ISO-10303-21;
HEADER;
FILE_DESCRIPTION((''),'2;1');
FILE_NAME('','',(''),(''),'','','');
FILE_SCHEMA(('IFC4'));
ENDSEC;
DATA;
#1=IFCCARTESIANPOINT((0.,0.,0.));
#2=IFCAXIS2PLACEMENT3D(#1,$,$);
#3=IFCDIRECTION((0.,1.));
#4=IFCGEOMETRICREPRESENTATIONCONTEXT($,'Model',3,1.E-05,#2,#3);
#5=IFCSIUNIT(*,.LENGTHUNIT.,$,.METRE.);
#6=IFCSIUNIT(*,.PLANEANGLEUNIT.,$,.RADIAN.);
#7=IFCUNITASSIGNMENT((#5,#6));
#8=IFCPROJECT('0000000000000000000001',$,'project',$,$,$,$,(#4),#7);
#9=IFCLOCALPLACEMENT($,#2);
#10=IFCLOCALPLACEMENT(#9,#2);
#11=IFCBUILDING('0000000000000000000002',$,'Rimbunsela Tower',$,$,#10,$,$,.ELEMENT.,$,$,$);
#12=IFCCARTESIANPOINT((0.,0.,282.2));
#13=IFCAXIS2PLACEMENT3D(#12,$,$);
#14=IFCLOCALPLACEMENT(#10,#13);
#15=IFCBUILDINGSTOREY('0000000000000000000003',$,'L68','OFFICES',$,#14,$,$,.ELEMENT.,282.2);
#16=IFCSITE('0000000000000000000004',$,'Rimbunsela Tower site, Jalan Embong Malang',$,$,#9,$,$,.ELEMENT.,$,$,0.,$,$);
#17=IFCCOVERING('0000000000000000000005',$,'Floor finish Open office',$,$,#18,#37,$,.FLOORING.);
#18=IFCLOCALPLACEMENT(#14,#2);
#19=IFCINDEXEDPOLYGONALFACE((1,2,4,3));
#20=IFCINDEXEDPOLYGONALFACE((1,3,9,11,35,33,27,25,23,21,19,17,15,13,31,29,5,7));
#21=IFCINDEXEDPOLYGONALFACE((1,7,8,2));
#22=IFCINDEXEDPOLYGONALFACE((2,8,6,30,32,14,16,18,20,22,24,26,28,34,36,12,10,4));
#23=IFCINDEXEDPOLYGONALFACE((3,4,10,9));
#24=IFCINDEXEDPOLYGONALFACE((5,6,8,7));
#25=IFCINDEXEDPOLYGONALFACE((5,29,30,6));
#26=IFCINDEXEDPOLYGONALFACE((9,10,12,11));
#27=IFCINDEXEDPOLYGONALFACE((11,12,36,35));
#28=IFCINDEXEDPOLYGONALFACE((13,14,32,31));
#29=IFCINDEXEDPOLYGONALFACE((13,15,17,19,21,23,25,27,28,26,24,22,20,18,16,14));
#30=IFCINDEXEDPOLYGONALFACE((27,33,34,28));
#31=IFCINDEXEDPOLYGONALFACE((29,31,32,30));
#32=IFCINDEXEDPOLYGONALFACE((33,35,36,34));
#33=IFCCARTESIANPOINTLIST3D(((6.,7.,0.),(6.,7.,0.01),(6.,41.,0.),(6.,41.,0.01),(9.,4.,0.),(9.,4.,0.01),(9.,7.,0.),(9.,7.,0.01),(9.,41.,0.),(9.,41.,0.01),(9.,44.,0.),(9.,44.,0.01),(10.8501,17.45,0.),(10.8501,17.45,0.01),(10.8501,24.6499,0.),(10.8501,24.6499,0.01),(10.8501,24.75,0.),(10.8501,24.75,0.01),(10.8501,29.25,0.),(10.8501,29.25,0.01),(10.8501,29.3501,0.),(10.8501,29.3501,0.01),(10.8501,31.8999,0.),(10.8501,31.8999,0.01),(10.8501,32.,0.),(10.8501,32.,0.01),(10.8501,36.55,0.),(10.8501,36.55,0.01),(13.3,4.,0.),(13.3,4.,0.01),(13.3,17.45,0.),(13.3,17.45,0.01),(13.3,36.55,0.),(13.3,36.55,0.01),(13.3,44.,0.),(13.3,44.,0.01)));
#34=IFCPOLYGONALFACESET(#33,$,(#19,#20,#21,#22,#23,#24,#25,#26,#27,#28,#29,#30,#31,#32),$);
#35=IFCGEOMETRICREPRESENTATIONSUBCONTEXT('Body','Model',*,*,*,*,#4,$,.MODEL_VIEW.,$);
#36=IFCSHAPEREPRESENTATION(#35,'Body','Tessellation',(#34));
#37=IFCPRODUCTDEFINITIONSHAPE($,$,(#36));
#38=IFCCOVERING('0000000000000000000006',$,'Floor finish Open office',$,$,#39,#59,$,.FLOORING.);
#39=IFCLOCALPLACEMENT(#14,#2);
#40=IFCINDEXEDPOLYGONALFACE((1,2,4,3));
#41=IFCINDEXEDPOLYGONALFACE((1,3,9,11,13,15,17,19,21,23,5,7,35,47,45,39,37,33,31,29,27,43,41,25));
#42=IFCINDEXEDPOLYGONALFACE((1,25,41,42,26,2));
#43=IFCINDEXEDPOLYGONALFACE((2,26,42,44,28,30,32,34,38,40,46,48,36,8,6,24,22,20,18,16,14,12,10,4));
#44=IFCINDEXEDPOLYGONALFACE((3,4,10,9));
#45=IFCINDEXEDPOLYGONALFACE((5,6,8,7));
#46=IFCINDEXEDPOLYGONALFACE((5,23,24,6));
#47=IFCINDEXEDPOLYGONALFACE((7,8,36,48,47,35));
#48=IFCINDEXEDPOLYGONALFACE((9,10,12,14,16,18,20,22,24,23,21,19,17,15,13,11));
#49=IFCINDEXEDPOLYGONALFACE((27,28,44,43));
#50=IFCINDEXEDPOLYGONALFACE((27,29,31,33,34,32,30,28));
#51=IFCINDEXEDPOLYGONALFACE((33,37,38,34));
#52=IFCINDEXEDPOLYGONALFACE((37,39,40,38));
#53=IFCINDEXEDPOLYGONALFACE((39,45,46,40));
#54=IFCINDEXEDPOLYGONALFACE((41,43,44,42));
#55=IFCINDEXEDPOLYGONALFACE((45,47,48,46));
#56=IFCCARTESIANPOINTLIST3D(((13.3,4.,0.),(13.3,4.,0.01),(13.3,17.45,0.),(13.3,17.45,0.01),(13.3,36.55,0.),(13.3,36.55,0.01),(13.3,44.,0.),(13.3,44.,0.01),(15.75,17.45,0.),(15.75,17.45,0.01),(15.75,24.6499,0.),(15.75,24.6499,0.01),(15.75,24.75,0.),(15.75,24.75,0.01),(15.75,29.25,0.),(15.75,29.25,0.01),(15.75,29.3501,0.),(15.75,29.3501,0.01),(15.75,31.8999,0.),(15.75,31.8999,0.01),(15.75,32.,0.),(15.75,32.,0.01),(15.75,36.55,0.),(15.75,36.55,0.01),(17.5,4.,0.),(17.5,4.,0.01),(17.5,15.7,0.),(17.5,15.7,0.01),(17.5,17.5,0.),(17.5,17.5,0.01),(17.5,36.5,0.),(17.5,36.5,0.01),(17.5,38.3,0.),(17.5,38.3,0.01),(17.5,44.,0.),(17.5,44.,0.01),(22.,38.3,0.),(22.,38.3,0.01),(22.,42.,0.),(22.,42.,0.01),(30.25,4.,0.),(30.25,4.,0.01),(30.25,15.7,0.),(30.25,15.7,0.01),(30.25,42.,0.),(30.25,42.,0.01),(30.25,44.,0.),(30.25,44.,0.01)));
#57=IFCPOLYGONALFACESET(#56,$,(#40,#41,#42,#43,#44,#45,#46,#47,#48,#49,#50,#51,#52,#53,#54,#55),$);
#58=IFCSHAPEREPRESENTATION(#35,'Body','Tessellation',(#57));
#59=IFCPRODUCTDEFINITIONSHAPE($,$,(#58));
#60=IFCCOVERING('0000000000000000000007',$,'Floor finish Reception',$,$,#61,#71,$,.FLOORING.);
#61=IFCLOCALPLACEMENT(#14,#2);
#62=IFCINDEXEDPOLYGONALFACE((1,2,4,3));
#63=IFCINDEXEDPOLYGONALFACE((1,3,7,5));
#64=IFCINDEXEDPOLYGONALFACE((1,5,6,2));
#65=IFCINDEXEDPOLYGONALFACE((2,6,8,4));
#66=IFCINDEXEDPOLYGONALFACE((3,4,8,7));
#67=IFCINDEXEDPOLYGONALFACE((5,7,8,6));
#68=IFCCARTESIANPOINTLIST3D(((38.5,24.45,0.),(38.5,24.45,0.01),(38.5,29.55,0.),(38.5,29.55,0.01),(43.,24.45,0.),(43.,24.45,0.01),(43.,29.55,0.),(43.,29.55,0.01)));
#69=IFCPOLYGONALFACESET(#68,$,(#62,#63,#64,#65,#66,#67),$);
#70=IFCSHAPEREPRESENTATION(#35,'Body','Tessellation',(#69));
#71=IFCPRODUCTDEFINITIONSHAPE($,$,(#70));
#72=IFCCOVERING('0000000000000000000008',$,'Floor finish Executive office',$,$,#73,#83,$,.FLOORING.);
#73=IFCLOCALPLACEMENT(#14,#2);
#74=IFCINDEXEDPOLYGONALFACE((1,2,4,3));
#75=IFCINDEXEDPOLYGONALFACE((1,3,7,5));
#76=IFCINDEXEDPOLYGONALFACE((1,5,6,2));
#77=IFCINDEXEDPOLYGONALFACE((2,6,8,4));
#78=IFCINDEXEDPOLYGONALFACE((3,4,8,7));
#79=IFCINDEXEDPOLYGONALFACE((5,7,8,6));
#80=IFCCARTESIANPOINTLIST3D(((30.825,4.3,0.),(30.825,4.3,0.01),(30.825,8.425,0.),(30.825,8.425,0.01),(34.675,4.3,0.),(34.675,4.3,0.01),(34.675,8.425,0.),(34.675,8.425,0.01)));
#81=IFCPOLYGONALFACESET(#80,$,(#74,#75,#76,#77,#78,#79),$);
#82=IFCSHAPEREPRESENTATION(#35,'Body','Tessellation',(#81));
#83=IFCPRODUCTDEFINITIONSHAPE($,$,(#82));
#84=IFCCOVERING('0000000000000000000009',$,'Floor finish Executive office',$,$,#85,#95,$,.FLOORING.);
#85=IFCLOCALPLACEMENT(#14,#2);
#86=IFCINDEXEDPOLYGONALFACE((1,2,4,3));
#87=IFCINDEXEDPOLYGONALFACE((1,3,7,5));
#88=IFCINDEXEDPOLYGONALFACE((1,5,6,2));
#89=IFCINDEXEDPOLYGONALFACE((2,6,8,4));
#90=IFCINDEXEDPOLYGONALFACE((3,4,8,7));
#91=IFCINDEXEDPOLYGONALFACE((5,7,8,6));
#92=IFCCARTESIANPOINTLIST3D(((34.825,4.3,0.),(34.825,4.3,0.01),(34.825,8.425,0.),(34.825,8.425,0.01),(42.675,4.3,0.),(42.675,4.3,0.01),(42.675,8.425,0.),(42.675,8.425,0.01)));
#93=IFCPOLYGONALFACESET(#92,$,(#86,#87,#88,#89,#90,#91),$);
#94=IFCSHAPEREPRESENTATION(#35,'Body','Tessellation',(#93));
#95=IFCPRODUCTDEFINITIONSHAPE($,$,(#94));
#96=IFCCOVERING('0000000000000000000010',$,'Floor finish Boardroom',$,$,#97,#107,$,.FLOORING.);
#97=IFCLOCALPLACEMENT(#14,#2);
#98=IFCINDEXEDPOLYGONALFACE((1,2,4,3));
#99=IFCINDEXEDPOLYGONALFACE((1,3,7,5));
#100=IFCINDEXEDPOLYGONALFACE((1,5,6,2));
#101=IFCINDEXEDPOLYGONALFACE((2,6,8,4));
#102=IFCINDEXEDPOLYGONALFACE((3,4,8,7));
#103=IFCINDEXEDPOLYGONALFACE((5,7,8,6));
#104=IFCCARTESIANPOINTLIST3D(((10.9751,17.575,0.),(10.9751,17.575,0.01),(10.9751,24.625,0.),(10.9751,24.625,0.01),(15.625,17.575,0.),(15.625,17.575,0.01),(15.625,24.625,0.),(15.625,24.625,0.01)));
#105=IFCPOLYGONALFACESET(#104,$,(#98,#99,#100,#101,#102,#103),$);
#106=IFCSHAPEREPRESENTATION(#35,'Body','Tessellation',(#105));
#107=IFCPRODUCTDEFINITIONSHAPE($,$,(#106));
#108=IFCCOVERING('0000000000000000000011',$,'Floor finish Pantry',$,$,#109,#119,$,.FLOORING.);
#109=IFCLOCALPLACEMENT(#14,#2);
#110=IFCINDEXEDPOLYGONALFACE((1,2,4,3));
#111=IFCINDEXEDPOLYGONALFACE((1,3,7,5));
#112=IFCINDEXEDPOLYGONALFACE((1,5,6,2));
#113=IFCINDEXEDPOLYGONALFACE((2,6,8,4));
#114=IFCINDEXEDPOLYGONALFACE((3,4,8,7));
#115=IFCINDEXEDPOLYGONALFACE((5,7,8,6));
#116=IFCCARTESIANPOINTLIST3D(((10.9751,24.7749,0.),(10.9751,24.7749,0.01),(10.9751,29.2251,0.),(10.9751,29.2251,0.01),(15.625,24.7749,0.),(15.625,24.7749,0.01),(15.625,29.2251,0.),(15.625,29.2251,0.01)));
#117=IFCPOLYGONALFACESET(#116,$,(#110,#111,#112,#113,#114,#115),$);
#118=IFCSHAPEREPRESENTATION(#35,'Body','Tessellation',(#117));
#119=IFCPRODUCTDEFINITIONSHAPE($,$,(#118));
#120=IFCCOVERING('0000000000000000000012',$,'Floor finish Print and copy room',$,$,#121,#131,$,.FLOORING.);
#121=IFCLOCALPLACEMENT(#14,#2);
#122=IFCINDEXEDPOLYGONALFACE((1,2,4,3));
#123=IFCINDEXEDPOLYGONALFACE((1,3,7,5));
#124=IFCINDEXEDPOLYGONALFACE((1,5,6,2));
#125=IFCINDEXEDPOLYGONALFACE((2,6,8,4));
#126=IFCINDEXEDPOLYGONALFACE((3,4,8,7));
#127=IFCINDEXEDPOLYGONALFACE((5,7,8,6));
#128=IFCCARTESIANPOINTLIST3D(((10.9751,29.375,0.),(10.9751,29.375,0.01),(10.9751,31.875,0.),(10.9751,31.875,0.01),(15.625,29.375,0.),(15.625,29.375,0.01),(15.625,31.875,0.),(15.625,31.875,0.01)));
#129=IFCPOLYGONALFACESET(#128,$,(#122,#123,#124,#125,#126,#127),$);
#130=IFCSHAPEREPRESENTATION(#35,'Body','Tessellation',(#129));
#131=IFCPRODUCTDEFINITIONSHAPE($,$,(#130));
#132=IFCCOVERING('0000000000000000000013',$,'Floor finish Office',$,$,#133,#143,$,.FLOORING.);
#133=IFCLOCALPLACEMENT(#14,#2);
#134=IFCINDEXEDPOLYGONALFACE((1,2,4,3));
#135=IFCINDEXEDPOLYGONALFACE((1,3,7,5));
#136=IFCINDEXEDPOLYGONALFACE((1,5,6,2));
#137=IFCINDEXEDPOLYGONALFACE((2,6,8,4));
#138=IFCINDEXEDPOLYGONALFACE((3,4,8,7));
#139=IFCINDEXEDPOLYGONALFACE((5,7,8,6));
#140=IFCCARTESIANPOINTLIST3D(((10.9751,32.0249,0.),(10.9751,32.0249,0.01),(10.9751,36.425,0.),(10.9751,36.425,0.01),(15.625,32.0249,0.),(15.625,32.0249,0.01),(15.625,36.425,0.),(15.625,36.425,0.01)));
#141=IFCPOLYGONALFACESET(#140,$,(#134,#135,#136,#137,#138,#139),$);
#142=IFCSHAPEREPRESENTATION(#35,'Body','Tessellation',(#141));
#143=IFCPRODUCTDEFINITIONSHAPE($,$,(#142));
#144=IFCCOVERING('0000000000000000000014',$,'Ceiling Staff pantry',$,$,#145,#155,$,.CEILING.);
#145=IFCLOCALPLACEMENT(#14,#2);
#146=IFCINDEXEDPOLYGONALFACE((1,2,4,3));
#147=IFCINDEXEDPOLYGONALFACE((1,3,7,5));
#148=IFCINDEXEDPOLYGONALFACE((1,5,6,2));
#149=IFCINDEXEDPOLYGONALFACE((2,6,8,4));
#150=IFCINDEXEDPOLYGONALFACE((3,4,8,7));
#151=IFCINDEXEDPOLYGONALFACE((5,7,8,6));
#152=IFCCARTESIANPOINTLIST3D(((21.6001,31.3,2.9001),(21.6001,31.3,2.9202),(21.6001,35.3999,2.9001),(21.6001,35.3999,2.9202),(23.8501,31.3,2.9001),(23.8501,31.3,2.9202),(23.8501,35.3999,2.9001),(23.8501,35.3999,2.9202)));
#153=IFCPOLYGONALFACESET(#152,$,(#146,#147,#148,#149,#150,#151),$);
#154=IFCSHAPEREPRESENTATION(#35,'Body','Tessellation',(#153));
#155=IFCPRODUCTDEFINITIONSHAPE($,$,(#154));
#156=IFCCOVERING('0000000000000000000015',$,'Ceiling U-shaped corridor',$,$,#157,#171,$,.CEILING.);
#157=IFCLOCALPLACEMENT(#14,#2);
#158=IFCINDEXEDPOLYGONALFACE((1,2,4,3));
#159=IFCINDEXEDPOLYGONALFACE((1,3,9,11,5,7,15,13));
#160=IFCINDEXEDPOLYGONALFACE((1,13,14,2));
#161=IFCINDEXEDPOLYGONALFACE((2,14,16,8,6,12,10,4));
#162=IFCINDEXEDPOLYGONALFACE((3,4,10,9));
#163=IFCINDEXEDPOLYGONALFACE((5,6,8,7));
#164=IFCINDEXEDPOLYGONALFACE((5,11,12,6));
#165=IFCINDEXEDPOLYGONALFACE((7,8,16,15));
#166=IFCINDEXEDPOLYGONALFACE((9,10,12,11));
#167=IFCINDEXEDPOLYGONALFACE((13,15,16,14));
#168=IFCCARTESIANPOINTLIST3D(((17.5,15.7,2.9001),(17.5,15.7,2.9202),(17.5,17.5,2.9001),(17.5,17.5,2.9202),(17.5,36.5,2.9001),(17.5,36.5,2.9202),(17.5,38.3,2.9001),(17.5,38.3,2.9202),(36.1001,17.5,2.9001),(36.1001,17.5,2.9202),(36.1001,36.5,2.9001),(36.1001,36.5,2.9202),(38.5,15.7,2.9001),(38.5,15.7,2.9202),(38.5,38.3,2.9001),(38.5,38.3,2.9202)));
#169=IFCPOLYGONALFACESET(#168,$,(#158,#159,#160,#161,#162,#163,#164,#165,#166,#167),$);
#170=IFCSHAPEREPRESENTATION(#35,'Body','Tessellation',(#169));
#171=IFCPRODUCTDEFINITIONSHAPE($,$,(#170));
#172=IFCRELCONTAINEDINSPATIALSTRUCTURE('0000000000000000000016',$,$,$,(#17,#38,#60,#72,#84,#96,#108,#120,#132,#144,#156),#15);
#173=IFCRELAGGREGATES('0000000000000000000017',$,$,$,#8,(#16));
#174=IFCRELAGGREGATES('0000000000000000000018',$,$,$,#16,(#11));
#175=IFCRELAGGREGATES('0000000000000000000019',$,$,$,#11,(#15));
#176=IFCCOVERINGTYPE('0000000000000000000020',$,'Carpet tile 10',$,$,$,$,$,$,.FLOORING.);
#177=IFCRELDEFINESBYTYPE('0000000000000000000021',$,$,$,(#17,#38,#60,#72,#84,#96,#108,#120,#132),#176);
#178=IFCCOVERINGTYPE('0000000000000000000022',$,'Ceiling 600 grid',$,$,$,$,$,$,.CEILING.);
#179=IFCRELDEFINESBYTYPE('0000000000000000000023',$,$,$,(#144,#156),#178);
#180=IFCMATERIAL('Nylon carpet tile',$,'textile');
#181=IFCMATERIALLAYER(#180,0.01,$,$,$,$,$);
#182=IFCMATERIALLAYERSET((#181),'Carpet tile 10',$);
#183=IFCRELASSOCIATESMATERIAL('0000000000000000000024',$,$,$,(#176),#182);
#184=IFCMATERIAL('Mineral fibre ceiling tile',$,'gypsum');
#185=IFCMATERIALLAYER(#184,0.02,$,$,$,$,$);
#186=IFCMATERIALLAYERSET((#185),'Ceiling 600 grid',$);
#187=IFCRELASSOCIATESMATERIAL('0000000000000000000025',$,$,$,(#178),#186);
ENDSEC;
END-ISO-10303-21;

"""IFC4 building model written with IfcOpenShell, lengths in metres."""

from ifc_helpers import new_model, si_unit, direction, frame, origin, place, context, subcontext, project, spatial, polyline, outline, extrude, material, layer, layer_set, type_object, element, save


model = new_model("IFC4")

# Units and contexts
model_context = context("Model", 3, precision=1e-05, world=origin(), true_north=direction((0.0, 1.0)))
body_context = subcontext(model_context, "Body", "Model", "MODEL_VIEW")
ifc_project = project(units=[si_unit("LENGTHUNIT", "METRE"), si_unit("PLANEANGLEUNIT", "RADIAN")], contexts=[model_context])

# Site, building, storey
site_placement = place(None, origin())
site = spatial("IfcSite", under=ifc_project, at=site_placement, Name="Rimbunsela Tower site, Jalan Embong Malang", CompositionType="ELEMENT", RefElevation=0.0)
building_placement = place(site_placement, origin())
building = spatial("IfcBuilding", under=site, at=building_placement, Name="Rimbunsela Tower", CompositionType="ELEMENT")
storey_placement = place(building_placement, frame((0.0, 0.0, 282.2)))
storey = spatial("IfcBuildingStorey", under=building, at=storey_placement, Name="L68", Description="OFFICES", CompositionType="ELEMENT", Elevation=282.2)

# Coverings
ifc_material_1 = material(Name="Nylon carpet tile", Category="textile")
ifc_layer_1 = layer(ifc_material_1, 0.01)
ifc_layer_set_1 = layer_set([ifc_layer_1], Name="Carpet tile 10")
covering_type_1 = type_object("IfcCoveringType", Name="Carpet tile 10", PredefinedType="FLOORING", material=ifc_layer_set_1)
covering_1_placement = place(storey_placement, origin())
element("IfcCovering", 1, at=covering_1_placement, inside=storey, type_object=covering_type_1, Name="Floor finish Open office", PredefinedType="FLOORING", context=body_context, shape_type="SweptSolid", body=[
    extrude(outline(polyline([(13.3, 4.0), (9.0, 4.0), (9.0, 7.0), (6.0, 7.0), (6.0, 41.0), (9.0, 41.0), (9.0, 44.0), (13.3, 44.0), (13.3, 36.55), (10.8501, 36.55), (10.8501, 32.0), (10.8501, 31.8999), (10.8501, 29.3501), (10.8501, 29.25), (10.8501, 24.75), (10.8501, 24.6499), (10.8501, 17.45), (13.3, 17.45), (13.3, 4.0)])), origin(), (0.0, 0.0, 1.0), 0.01),
])
covering_2_placement = place(storey_placement, origin())
element("IfcCovering", 2, at=covering_2_placement, inside=storey, type_object=covering_type_1, Name="Floor finish Open office", PredefinedType="FLOORING", context=body_context, shape_type="SweptSolid", body=[
    extrude(outline(polyline([(30.25, 4.0), (17.5, 4.0), (13.3, 4.0), (13.3, 17.45), (15.75, 17.45), (15.75, 24.6499), (15.75, 24.75), (15.75, 29.25), (15.75, 29.3501), (15.75, 31.8999), (15.75, 32.0), (15.75, 36.55), (13.3, 36.55), (13.3, 44.0), (17.5, 44.0), (30.25, 44.0), (30.25, 42.0), (22.0, 42.0), (22.0, 38.3), (17.5, 38.3), (17.5, 36.5), (17.5, 17.5), (17.5, 15.7), (30.25, 15.7), (30.25, 4.0)])), origin(), (0.0, 0.0, 1.0), 0.01),
])
covering_3_placement = place(storey_placement, origin())
element("IfcCovering", 3, at=covering_3_placement, inside=storey, type_object=covering_type_1, Name="Floor finish Reception", PredefinedType="FLOORING", context=body_context, shape_type="SweptSolid", body=[
    extrude(outline(polyline([(43.0, 24.45), (43.0, 29.55), (38.5, 29.55), (38.5, 24.45), (43.0, 24.45)])), origin(), (0.0, 0.0, 1.0), 0.01),
])
covering_4_placement = place(storey_placement, origin())
element("IfcCovering", 4, at=covering_4_placement, inside=storey, type_object=covering_type_1, Name="Floor finish Executive office", PredefinedType="FLOORING", context=body_context, shape_type="SweptSolid", body=[
    extrude(outline(polyline([(34.675, 4.3), (34.675, 8.425), (30.825, 8.425), (30.825, 4.3), (34.675, 4.3)])), origin(), (0.0, 0.0, 1.0), 0.01),
])
covering_5_placement = place(storey_placement, origin())
element("IfcCovering", 5, at=covering_5_placement, inside=storey, type_object=covering_type_1, Name="Floor finish Executive office", PredefinedType="FLOORING", context=body_context, shape_type="SweptSolid", body=[
    extrude(outline(polyline([(42.675, 4.3), (42.675, 8.425), (34.825, 8.425), (34.825, 4.3), (42.675, 4.3)])), origin(), (0.0, 0.0, 1.0), 0.01),
])
covering_6_placement = place(storey_placement, origin())
element("IfcCovering", 6, at=covering_6_placement, inside=storey, type_object=covering_type_1, Name="Floor finish Boardroom", PredefinedType="FLOORING", context=body_context, shape_type="SweptSolid", body=[
    extrude(outline(polyline([(15.625, 17.575), (15.625, 24.625), (10.9751, 24.625), (10.9751, 17.575), (15.625, 17.575)])), origin(), (0.0, 0.0, 1.0), 0.01),
])
covering_7_placement = place(storey_placement, origin())
element("IfcCovering", 7, at=covering_7_placement, inside=storey, type_object=covering_type_1, Name="Floor finish Pantry", PredefinedType="FLOORING", context=body_context, shape_type="SweptSolid", body=[
    extrude(outline(polyline([(15.625, 24.7749), (15.625, 29.2251), (10.9751, 29.2251), (10.9751, 24.7749), (15.625, 24.7749)])), origin(), (0.0, 0.0, 1.0), 0.01),
])
covering_8_placement = place(storey_placement, origin())
element("IfcCovering", 8, at=covering_8_placement, inside=storey, type_object=covering_type_1, Name="Floor finish Print and copy room", PredefinedType="FLOORING", context=body_context, shape_type="SweptSolid", body=[
    extrude(outline(polyline([(15.625, 29.375), (15.625, 31.875), (10.9751, 31.875), (10.9751, 29.375), (15.625, 29.375)])), origin(), (0.0, 0.0, 1.0), 0.01),
])
covering_9_placement = place(storey_placement, origin())
element("IfcCovering", 9, at=covering_9_placement, inside=storey, type_object=covering_type_1, Name="Floor finish Office", PredefinedType="FLOORING", context=body_context, shape_type="SweptSolid", body=[
    extrude(outline(polyline([(15.625, 32.0249), (15.625, 36.425), (10.9751, 36.425), (10.9751, 32.0249), (15.625, 32.0249)])), origin(), (0.0, 0.0, 1.0), 0.01),
])
ifc_material_2 = material(Name="Mineral fibre ceiling tile", Category="gypsum")
ifc_layer_2 = layer(ifc_material_2, 0.02)
ifc_layer_set_2 = layer_set([ifc_layer_2], Name="Ceiling 600 grid")
covering_type_2 = type_object("IfcCoveringType", Name="Ceiling 600 grid", PredefinedType="CEILING", material=ifc_layer_set_2)
covering_10_placement = place(storey_placement, frame((0.0, 0.0, 2.9001)))
element("IfcCovering", 10, at=covering_10_placement, inside=storey, type_object=covering_type_2, Name="Ceiling Staff pantry", PredefinedType="CEILING", context=body_context, shape_type="SweptSolid", body=[
    extrude(outline(polyline([(23.8501, 31.3), (23.8501, 35.3999), (21.6001, 35.3999), (21.6001, 31.3), (23.8501, 31.3)])), origin(), (0.0, 0.0, 1.0), 0.02),
])
covering_11_placement = place(storey_placement, frame((0.0, 0.0, 2.9001)))
element("IfcCovering", 11, at=covering_11_placement, inside=storey, type_object=covering_type_2, Name="Ceiling U-shaped corridor", PredefinedType="CEILING", context=body_context, shape_type="SweptSolid", body=[
    extrude(outline(polyline([(38.5, 38.3), (38.5, 15.7), (17.5, 15.7), (17.5, 17.5), (36.1001, 17.5), (36.1001, 36.5), (17.5, 36.5), (17.5, 38.3), (38.5, 38.3)])), origin(), (0.0, 0.0, 1.0), 0.02),
])

save(model, "model.ifc")
